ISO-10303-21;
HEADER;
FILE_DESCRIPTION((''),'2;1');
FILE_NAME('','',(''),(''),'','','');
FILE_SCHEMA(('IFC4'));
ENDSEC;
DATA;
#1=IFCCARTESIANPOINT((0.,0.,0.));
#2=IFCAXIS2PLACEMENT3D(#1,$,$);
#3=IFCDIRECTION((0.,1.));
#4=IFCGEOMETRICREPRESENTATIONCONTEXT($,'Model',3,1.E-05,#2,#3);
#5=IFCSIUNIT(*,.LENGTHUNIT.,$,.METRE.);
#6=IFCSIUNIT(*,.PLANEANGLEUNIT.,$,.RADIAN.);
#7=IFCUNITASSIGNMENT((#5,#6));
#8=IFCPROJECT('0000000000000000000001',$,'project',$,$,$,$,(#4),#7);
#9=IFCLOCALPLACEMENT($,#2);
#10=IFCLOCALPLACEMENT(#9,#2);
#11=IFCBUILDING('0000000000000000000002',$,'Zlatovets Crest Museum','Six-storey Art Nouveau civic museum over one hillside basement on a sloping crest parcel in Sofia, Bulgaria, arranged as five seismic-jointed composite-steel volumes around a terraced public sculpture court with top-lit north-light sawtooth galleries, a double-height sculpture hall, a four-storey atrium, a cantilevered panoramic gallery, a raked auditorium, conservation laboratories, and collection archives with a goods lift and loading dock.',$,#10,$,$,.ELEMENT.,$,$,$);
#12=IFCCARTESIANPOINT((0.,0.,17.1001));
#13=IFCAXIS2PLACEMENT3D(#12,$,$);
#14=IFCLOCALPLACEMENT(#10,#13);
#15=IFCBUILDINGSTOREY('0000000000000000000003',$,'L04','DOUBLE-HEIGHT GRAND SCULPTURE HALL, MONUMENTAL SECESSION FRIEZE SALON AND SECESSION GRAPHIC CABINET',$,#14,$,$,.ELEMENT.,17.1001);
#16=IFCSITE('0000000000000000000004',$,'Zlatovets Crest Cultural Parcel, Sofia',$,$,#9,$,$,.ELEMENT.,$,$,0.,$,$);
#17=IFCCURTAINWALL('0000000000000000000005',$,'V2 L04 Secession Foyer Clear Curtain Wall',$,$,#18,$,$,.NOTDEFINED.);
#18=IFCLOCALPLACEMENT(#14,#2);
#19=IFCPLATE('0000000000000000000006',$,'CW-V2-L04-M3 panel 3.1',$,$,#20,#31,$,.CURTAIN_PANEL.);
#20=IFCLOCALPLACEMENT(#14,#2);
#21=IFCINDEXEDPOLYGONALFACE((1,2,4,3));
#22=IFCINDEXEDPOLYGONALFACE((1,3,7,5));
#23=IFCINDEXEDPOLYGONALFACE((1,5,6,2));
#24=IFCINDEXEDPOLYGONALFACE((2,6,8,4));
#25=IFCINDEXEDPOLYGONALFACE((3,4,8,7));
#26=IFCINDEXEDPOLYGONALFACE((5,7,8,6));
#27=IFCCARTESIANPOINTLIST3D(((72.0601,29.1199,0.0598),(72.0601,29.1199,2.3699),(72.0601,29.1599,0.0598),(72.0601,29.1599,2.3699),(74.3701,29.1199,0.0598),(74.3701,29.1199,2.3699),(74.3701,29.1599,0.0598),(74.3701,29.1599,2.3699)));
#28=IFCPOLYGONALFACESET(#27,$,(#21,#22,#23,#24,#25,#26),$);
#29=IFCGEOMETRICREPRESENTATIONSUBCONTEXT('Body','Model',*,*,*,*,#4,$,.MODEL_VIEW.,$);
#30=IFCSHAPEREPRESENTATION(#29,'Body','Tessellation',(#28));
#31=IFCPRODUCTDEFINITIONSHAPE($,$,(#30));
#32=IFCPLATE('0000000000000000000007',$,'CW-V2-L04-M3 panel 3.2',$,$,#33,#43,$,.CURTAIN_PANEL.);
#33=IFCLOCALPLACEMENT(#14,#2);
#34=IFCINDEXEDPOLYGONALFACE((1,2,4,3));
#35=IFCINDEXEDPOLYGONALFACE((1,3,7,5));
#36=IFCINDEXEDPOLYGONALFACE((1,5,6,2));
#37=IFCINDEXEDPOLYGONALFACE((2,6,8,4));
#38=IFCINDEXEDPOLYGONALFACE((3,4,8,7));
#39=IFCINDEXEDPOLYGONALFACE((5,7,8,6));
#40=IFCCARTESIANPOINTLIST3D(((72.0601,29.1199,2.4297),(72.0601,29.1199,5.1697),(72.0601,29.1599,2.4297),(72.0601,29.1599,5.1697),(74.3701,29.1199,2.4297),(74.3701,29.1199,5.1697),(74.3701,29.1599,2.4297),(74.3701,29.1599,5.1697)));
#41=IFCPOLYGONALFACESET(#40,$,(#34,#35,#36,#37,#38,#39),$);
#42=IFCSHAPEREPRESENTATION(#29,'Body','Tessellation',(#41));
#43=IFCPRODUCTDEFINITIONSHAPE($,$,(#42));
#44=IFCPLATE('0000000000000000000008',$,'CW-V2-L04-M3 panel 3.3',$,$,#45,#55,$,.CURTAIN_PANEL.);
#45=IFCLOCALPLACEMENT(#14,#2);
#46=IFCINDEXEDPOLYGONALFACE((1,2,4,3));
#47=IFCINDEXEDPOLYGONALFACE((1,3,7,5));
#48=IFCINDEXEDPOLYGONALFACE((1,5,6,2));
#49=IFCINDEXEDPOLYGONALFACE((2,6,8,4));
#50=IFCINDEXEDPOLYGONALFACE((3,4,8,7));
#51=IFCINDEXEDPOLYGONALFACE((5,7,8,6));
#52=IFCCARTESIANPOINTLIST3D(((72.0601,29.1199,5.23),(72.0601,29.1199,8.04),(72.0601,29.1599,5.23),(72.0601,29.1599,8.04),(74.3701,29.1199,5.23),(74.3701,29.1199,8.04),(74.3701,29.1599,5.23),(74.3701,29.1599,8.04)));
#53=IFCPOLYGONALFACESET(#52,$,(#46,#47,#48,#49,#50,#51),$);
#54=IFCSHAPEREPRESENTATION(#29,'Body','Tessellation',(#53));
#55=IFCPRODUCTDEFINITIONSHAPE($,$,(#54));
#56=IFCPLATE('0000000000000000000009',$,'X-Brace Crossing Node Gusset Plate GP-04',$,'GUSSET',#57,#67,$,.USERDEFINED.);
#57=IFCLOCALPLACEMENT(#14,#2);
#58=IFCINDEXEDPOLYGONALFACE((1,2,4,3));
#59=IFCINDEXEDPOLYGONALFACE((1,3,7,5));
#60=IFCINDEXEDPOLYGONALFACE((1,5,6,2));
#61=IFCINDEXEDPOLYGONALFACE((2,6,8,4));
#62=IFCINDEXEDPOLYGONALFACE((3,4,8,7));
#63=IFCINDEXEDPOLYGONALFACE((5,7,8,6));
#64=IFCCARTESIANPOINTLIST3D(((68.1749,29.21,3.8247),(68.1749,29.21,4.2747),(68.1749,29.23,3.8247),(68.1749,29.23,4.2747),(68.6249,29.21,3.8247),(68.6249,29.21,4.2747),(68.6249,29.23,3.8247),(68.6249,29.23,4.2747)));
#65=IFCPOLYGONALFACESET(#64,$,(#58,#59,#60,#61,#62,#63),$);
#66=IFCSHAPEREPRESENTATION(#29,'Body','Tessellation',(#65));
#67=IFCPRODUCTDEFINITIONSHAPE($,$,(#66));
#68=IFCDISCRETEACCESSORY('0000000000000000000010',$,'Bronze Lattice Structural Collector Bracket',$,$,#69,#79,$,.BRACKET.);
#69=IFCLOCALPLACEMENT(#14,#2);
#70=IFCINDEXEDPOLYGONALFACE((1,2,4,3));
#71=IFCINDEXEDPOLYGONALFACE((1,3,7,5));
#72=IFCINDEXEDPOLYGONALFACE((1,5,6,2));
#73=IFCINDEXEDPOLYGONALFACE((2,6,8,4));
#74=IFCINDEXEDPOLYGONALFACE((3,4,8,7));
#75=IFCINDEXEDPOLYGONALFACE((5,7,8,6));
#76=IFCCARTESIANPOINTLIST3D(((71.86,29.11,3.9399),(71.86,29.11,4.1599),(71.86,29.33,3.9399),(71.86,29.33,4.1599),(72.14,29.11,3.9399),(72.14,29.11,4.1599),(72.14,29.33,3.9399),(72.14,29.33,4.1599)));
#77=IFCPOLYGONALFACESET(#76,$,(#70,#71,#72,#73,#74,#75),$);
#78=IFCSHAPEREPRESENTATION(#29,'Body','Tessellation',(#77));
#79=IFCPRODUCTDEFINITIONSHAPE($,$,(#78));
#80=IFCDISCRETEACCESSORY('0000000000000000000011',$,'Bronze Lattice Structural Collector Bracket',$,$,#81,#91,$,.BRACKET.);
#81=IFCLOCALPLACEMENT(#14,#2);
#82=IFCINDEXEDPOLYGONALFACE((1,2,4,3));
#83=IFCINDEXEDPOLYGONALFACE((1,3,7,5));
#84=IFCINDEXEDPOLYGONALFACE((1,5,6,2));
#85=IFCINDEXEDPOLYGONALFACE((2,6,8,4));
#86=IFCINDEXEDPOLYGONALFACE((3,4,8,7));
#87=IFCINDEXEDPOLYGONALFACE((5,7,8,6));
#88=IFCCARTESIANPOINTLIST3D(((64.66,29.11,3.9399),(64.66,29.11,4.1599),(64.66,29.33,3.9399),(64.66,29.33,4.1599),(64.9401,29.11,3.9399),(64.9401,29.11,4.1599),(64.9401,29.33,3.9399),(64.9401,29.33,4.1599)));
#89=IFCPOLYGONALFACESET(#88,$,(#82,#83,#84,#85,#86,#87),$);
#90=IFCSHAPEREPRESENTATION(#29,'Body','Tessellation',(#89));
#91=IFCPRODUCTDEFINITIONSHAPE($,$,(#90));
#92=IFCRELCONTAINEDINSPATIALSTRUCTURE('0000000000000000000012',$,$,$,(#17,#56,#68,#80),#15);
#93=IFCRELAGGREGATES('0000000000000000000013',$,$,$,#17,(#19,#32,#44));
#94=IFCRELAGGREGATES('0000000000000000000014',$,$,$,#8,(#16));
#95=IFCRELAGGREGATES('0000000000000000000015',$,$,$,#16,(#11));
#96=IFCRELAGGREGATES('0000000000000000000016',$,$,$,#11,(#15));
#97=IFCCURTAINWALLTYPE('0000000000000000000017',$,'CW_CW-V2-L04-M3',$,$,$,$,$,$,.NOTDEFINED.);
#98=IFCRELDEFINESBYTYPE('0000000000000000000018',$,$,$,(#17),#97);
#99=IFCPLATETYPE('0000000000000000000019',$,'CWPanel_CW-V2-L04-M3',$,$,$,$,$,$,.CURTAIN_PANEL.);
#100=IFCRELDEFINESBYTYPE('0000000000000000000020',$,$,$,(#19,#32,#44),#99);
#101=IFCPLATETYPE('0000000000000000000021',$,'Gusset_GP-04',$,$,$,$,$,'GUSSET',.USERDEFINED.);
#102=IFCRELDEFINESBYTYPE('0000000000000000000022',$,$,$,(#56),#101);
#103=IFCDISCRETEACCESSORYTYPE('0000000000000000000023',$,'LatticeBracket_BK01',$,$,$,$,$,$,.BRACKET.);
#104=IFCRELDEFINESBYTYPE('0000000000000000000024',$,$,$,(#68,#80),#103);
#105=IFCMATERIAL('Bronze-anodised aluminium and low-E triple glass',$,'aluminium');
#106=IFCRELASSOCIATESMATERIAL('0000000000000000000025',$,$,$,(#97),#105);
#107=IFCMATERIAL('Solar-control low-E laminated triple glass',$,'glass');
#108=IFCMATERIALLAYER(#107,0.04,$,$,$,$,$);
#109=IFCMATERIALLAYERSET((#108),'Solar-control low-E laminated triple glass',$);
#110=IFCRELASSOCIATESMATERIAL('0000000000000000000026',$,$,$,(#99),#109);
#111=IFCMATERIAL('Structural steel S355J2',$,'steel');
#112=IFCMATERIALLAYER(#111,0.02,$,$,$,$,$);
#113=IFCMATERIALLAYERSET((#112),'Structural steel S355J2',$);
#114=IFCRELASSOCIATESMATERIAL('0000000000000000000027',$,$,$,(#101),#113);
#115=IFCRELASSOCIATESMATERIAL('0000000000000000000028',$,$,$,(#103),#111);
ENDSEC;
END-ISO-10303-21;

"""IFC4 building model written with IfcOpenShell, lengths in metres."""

from ifc_helpers import new_model, si_unit, direction, frame, origin, origin_2d, place, context, subcontext, project, spatial, rectangle, extrude, material, layer, layer_set, type_object, element, aggregate, save


model = new_model("IFC4")

# Units and contexts
model_context = context("Model", 3, precision=1e-05, world=origin(), true_north=direction((0.0, 1.0)))
body_context = subcontext(model_context, "Body", "Model", "MODEL_VIEW")
ifc_project = project(units=[si_unit("LENGTHUNIT", "METRE"), si_unit("PLANEANGLEUNIT", "RADIAN")], contexts=[model_context])

# Site, building, storey
site_placement = place(None, origin())
site = spatial("IfcSite", under=ifc_project, at=site_placement, Name="Zlatovets Crest Cultural Parcel, Sofia", CompositionType="ELEMENT", RefElevation=0.0)
building_placement = place(site_placement, origin())
building = spatial("IfcBuilding", under=site, at=building_placement, Name="Zlatovets Crest Museum", Description="Six-storey Art Nouveau civic museum over one hillside basement on a sloping crest parcel in Sofia, Bulgaria, arranged as five seismic-jointed composite-steel volumes around a terraced public sculpture court with top-lit north-light sawtooth galleries, a double-height sculpture hall, a four-storey atrium, a cantilevered panoramic gallery, a raked auditorium, conservation laboratories, and collection archives with a goods lift and loading dock.", CompositionType="ELEMENT")
storey_placement = place(building_placement, frame((0.0, 0.0, 17.1001)))
storey = spatial("IfcBuildingStorey", under=building, at=storey_placement, Name="L04", Description="DOUBLE-HEIGHT GRAND SCULPTURE HALL, MONUMENTAL SECESSION FRIEZE SALON AND SECESSION GRAPHIC CABINET", CompositionType="ELEMENT", Elevation=17.1001)

# Curtain wall
ifc_material_1 = material(Name="Bronze-anodised aluminium and low-E triple glass", Category="aluminium")
curtain_wall_type_1 = type_object("IfcCurtainWallType", Name="CW_CW-V2-L04-M3", PredefinedType="NOTDEFINED", material=ifc_material_1)
curtain_wall_1_placement = place(storey_placement, origin())
curtain_wall_1 = element("IfcCurtainWall", 1, at=curtain_wall_1_placement, inside=storey, type_object=curtain_wall_type_1, Name="V2 L04 Secession Foyer Clear Curtain Wall", PredefinedType="NOTDEFINED")

# Plates
ifc_material_2 = material(Name="Solar-control low-E laminated triple glass", Category="glass")
ifc_layer_1 = layer(ifc_material_2, 0.04)
ifc_layer_set_1 = layer_set([ifc_layer_1], Name="Solar-control low-E laminated triple glass")
plate_type_1 = type_object("IfcPlateType", Name="CWPanel_CW-V2-L04-M3", PredefinedType="CURTAIN_PANEL", material=ifc_layer_set_1)
plate_1_placement = place(storey_placement, frame((73.2151, 29.1399, 0.0598), z_axis=(0.0, 0.0, 1.0), x_axis=(-1.0, 0.0, 0.0)))
plate_1 = element("IfcPlate", 2, at=plate_1_placement, type_object=plate_type_1, Name="CW-V2-L04-M3 panel 3.1", PredefinedType="CURTAIN_PANEL", context=body_context, shape_type="SweptSolid", body=[
    extrude(rectangle(XDim=2.3101, YDim=0.04, at=origin_2d()), origin(), (0.0, 0.0, 1.0), 2.3101),
])
plate_2_placement = place(storey_placement, frame((73.2151, 29.1399, 2.4297), z_axis=(0.0, 0.0, 1.0), x_axis=(-1.0, 0.0, 0.0)))
plate_2 = element("IfcPlate", 3, at=plate_2_placement, type_object=plate_type_1, Name="CW-V2-L04-M3 panel 3.2", PredefinedType="CURTAIN_PANEL", context=body_context, shape_type="SweptSolid", body=[
    extrude(rectangle(XDim=2.3101, YDim=0.04, at=origin_2d()), origin(), (0.0, 0.0, 1.0), 2.74),
])
plate_3_placement = place(storey_placement, frame((73.2151, 29.1399, 5.23), z_axis=(0.0, 0.0, 1.0), x_axis=(-1.0, 0.0, 0.0)))
plate_3 = element("IfcPlate", 4, at=plate_3_placement, type_object=plate_type_1, Name="CW-V2-L04-M3 panel 3.3", PredefinedType="CURTAIN_PANEL", context=body_context, shape_type="SweptSolid", body=[
    extrude(rectangle(XDim=2.3101, YDim=0.04, at=origin_2d()), origin(), (0.0, 0.0, 1.0), 2.8101),
])
aggregate(curtain_wall_1, [plate_1, plate_2, plate_3])
ifc_material_3 = material(Name="Structural steel S355J2", Category="steel")
ifc_layer_2 = layer(ifc_material_3, 0.02)
ifc_layer_set_2 = layer_set([ifc_layer_2], Name="Structural steel S355J2")
plate_type_2 = type_object("IfcPlateType", Name="Gusset_GP-04", ElementType="GUSSET", PredefinedType="USERDEFINED", material=ifc_layer_set_2)
plate_4_placement = place(storey_placement, frame((68.3999, 29.22, 3.8247), z_axis=(0.0, 0.0, 1.0), x_axis=(1.0, 0.0, 0.0)))
element("IfcPlate", 5, at=plate_4_placement, inside=storey, type_object=plate_type_2, Name="X-Brace Crossing Node Gusset Plate GP-04", ObjectType="GUSSET", PredefinedType="USERDEFINED", context=body_context, shape_type="SweptSolid", body=[
    extrude(rectangle(XDim=0.45, YDim=0.02, at=origin_2d()), origin(), (0.0, 0.0, 1.0), 0.45),
])

# Discrete accessories
discrete_accessory_type = type_object("IfcDiscreteAccessoryType", Name="LatticeBracket_BK01", PredefinedType="BRACKET", material=ifc_material_3)
for number, where, z_axis, x_axis, name in (
    (6, (72.0, 29.22, 3.9399), (0.0, 0.0, 1.0), (1.0, 0.0, 0.0), "Bronze Lattice Structural Collector Bracket"),
    (7, (64.8, 29.22, 3.9399), (0.0, 0.0, 1.0), (1.0, 0.0, 0.0), "Bronze Lattice Structural Collector Bracket"),
):
    element("IfcDiscreteAccessory", number, at=place(storey_placement, frame(where, z_axis=z_axis, x_axis=x_axis)), inside=storey, type_object=discrete_accessory_type, Name=name, PredefinedType="BRACKET", context=body_context, shape_type="SweptSolid", body=[
        extrude(rectangle(XDim=0.28, YDim=0.22, at=origin_2d()), origin(), (0.0, 0.0, 1.0), 0.22),
    ])

save(model, "model.ifc")
